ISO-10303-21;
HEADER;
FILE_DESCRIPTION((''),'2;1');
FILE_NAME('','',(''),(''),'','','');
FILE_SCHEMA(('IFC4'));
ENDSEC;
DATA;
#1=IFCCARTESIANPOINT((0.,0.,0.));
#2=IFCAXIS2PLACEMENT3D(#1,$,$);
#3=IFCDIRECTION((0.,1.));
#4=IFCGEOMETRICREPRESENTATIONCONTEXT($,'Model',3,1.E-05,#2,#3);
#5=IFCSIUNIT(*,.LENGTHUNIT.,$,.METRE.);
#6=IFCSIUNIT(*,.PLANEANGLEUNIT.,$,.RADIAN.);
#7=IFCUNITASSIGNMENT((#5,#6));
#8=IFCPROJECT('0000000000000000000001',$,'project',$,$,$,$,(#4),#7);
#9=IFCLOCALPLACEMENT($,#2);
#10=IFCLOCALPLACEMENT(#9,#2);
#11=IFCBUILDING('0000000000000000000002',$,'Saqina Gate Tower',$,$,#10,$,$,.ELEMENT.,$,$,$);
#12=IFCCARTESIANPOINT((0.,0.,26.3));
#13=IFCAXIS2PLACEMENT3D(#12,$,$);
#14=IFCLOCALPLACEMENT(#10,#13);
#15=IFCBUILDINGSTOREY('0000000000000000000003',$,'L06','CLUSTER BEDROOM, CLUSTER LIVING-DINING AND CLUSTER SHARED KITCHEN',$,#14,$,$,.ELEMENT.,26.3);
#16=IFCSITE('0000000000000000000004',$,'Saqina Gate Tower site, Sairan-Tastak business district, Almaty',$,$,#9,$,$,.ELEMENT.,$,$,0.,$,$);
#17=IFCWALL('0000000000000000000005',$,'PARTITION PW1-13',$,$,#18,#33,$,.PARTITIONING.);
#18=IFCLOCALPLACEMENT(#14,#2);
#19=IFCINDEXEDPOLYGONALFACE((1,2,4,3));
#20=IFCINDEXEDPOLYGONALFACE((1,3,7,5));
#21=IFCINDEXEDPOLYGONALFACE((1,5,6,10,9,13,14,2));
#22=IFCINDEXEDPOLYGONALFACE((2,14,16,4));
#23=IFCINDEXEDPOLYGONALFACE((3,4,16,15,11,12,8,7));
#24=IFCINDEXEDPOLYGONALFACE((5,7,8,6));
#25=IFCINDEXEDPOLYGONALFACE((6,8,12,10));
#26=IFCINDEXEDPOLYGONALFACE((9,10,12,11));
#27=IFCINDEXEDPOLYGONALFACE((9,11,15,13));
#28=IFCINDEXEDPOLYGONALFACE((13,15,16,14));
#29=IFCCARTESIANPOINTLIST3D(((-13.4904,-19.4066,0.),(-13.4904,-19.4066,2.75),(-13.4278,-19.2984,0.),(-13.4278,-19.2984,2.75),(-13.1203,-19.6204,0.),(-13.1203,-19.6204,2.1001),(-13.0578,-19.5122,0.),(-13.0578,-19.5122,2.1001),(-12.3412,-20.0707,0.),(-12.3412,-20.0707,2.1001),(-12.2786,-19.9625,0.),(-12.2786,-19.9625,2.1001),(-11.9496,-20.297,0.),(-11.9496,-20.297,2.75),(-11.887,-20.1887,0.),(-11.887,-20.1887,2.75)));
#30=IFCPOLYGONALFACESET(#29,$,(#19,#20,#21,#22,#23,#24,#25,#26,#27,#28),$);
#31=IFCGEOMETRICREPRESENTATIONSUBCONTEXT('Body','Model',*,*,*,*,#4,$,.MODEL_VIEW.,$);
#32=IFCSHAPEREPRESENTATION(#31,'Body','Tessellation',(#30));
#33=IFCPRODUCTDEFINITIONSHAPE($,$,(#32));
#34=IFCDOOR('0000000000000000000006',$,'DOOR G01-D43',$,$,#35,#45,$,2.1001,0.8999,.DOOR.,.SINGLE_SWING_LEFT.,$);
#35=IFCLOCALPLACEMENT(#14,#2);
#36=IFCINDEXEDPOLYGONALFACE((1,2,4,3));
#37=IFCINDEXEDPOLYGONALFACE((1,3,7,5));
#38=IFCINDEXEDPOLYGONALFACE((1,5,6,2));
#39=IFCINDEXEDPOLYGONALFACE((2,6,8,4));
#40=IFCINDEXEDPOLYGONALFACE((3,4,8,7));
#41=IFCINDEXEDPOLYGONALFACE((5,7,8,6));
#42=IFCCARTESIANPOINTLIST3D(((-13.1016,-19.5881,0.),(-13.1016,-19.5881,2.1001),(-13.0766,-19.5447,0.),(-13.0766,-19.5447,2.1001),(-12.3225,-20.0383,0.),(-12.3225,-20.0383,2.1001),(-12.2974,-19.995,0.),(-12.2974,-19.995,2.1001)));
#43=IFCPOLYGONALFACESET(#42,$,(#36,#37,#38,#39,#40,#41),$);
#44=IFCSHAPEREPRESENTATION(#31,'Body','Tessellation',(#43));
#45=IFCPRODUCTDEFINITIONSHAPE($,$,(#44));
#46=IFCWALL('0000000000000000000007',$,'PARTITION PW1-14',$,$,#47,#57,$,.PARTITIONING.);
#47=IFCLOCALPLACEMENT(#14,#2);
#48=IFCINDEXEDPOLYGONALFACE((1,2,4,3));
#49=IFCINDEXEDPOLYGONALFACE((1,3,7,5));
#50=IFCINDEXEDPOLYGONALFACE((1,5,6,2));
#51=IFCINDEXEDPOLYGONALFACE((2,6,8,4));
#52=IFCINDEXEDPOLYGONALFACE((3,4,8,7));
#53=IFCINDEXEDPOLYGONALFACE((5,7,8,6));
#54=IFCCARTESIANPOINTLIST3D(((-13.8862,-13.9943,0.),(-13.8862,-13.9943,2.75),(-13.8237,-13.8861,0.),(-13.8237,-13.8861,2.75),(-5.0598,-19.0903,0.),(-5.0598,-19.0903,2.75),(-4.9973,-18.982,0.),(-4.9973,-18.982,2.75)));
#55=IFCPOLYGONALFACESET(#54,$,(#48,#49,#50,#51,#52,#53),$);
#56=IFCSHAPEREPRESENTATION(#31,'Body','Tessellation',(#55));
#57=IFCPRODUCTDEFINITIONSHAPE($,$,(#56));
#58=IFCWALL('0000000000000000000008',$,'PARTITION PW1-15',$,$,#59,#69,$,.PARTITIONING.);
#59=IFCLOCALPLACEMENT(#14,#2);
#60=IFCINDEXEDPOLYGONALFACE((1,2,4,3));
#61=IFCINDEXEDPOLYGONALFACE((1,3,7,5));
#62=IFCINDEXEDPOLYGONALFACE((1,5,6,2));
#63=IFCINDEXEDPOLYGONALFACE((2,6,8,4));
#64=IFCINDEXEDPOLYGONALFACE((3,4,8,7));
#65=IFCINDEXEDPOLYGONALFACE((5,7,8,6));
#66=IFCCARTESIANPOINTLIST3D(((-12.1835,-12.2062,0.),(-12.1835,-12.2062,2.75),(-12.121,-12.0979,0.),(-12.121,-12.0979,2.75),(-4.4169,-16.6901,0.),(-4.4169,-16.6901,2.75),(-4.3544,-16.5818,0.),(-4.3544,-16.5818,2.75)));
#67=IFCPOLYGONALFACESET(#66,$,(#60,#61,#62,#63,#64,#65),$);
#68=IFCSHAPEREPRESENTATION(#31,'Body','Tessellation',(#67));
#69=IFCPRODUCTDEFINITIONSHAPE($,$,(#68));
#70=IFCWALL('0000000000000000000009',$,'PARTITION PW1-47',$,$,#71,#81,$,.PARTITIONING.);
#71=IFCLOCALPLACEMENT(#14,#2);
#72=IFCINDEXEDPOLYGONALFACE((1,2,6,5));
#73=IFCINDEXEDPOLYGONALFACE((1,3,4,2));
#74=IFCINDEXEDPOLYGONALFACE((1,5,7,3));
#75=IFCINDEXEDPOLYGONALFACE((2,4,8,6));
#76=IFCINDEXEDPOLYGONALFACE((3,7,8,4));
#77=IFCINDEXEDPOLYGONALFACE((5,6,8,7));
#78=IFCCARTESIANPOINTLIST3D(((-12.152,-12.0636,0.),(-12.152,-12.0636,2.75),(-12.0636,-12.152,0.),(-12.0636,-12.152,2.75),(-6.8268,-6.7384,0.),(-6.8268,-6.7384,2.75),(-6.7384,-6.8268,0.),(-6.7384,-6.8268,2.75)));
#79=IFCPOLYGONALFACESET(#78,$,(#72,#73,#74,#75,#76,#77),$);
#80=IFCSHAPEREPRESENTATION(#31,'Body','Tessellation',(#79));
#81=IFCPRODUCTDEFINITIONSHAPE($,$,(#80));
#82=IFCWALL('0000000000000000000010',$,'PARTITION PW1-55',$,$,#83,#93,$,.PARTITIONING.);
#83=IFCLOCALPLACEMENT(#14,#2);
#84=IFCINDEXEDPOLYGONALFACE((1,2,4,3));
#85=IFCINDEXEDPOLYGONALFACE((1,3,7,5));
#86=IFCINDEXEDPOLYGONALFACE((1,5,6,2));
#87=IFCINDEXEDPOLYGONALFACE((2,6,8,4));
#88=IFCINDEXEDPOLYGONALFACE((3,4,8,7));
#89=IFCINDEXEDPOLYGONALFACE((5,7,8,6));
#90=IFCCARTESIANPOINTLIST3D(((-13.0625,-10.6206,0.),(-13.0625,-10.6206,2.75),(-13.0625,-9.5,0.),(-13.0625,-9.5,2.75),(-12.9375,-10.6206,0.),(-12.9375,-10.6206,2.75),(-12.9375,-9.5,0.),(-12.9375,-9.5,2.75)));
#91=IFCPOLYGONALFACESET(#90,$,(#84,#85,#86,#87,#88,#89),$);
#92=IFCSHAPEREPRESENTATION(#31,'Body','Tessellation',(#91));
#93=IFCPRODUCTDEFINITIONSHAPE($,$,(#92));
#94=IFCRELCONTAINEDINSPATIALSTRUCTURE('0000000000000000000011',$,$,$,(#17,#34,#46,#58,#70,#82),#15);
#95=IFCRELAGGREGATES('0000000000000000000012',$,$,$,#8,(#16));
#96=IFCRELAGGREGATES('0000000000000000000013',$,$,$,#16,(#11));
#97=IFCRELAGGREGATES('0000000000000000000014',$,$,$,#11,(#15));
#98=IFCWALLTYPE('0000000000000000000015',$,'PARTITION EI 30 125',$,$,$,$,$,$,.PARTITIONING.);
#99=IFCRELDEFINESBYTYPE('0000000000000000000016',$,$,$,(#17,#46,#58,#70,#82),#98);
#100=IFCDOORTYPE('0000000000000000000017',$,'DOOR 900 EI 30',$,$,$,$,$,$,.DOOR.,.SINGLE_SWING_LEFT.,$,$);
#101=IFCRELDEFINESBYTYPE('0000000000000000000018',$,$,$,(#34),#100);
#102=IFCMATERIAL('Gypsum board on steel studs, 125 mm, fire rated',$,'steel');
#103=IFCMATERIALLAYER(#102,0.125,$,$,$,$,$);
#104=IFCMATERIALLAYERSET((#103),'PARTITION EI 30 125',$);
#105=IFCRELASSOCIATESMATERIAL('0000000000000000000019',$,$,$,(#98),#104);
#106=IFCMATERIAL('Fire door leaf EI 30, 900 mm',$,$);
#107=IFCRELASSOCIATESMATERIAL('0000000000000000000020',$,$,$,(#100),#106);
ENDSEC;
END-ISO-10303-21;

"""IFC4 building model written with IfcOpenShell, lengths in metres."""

from ifc_helpers import new_model, si_unit, direction, frame, frame_2d, origin, place, context, subcontext, project, spatial, rectangle, extrude, material, layer, layer_set, type_object, element, fill, save


model = new_model("IFC4")

# Units and contexts
model_context = context("Model", 3, precision=1e-05, world=origin(), true_north=direction((0.0, 1.0)))
body_context = subcontext(model_context, "Body", "Model", "MODEL_VIEW")
ifc_project = project(units=[si_unit("LENGTHUNIT", "METRE"), si_unit("PLANEANGLEUNIT", "RADIAN")], contexts=[model_context])

# Site, building, storey
site_placement = place(None, origin())
site = spatial("IfcSite", under=ifc_project, at=site_placement, Name="Saqina Gate Tower site, Sairan-Tastak business district, Almaty", CompositionType="ELEMENT", RefElevation=0.0)
building_placement = place(site_placement, origin())
building = spatial("IfcBuilding", under=site, at=building_placement, Name="Saqina Gate Tower", CompositionType="ELEMENT")
storey_placement = place(building_placement, frame((0.0, 0.0, 26.3)))
storey = spatial("IfcBuildingStorey", under=building, at=storey_placement, Name="L06", Description="CLUSTER BEDROOM, CLUSTER LIVING-DINING AND CLUSTER SHARED KITCHEN", CompositionType="ELEMENT", Elevation=26.3)

# Wall, opening, door
ifc_material_1 = material(Name="Gypsum board on steel studs, 125 mm, fire rated", Category="steel")
ifc_layer_1 = layer(ifc_material_1, 0.125)
ifc_layer_set_1 = layer_set([ifc_layer_1], Name="PARTITION EI 30 125")
wall_type_1 = type_object("IfcWallType", Name="PARTITION EI 30 125", PredefinedType="PARTITIONING", material=ifc_layer_set_1)
wall_1_placement = place(storey_placement, frame((-13.459, -19.3525, 0.0), z_axis=(0.0, 0.0, 1.0), x_axis=(0.865827, -0.500344, 0.0)))
wall_1 = element("IfcWall", 1, at=wall_1_placement, inside=storey, type_object=wall_type_1, Name="PARTITION PW1-13", PredefinedType="PARTITIONING", context=body_context, shape_type="SweptSolid", body=[
    extrude(rectangle(XDim=1.7795, YDim=0.125, at=frame_2d((0.8896, 0.0))), origin(), (0.0, 0.0, 1.0), 2.75),
])
opening_1_placement = place(wall_1_placement, frame((0.4272, 0.0, 0.0)))
opening_1 = element("IfcOpeningElement", 2, at=opening_1_placement, cuts=wall_1, PredefinedType="OPENING", context=body_context, shape_type="SweptSolid", body=[
    extrude(rectangle(XDim=0.8999, YDim=2.1001, at=frame_2d((0.45, 1.05))), frame((0.0, 0.0745, 0.0), z_axis=(0.0, -1.0, 0.0), x_axis=(1.0, 0.0, 0.0)), (0.0, 0.0, 1.0), 0.1489),
])
ifc_material_2 = material(Name="Fire door leaf EI 30, 900 mm")
door_type_1 = type_object("IfcDoorType", Name="DOOR 900 EI 30", OperationType="SINGLE_SWING_LEFT", PredefinedType="DOOR", material=ifc_material_2)
door_1_placement = place(opening_1_placement, origin())
door_1 = element("IfcDoor", 3, at=door_1_placement, inside=storey, type_object=door_type_1, Name="DOOR G01-D43", OperationType="SINGLE_SWING_LEFT", OverallHeight=2.1001, OverallWidth=0.8999, PredefinedType="DOOR", context=body_context, shape_type="SweptSolid", body=[
    extrude(rectangle(XDim=0.8999, YDim=2.1001, at=frame_2d((0.45, 1.05))), frame((0.0, 0.0249, 0.0), z_axis=(0.0, -1.0, 0.0), x_axis=(1.0, 0.0, 0.0)), (0.0, 0.0, 1.0), 0.05),
])
fill(opening_1, door_1)

# Walls
wall_2_placement = place(storey_placement, frame((-13.855, -13.9402, 0.0), z_axis=(0.0, 0.0, 1.0), x_axis=(0.866025, -0.500001, 0.0)))
element("IfcWall", 4, at=wall_2_placement, inside=storey, type_object=wall_type_1, Name="PARTITION PW1-14", PredefinedType="PARTITIONING", context=body_context, shape_type="SweptSolid", body=[
    extrude(rectangle(XDim=10.1919, YDim=0.125, at=frame_2d((5.0959, 0.0))), origin(), (0.0, 0.0, 1.0), 2.75),
])
wall_3_placement = place(storey_placement, frame((-12.1521, -12.1521, 0.0), z_axis=(0.0, 0.0, 1.0), x_axis=(0.866033, -0.499986, 0.0)))
element("IfcWall", 5, at=wall_3_placement, inside=storey, type_object=wall_type_1, Name="PARTITION PW1-15", PredefinedType="PARTITIONING", context=body_context, shape_type="SweptSolid", body=[
    extrude(rectangle(XDim=8.968, YDim=0.125, at=frame_2d((4.4839, 0.0))), origin(), (0.0, 0.0, 1.0), 2.75),
])
wall_4_placement = place(storey_placement, frame((-12.1079, -12.1079, 0.0), z_axis=(0.0, 0.0, 1.0), x_axis=(0.707107, 0.707107, 0.0)))
element("IfcWall", 6, at=wall_4_placement, inside=storey, type_object=wall_type_1, Name="PARTITION PW1-47", PredefinedType="PARTITIONING", context=body_context, shape_type="SweptSolid", body=[
    extrude(rectangle(XDim=7.531, YDim=0.125, at=frame_2d((3.7656, 0.0))), origin(), (0.0, 0.0, 1.0), 2.75),
])
wall_5_placement = place(storey_placement, frame((-13.0, -10.6206, 0.0), z_axis=(0.0, 0.0, 1.0), x_axis=(0.0, 1.0, 0.0)))
element("IfcWall", 7, at=wall_5_placement, inside=storey, type_object=wall_type_1, Name="PARTITION PW1-55", PredefinedType="PARTITIONING", context=body_context, shape_type="SweptSolid", body=[
    extrude(rectangle(XDim=1.1206, YDim=0.125, at=frame_2d((0.5603, 0.0))), origin(), (0.0, 0.0, 1.0), 2.75),
])

save(model, "model.ifc")
